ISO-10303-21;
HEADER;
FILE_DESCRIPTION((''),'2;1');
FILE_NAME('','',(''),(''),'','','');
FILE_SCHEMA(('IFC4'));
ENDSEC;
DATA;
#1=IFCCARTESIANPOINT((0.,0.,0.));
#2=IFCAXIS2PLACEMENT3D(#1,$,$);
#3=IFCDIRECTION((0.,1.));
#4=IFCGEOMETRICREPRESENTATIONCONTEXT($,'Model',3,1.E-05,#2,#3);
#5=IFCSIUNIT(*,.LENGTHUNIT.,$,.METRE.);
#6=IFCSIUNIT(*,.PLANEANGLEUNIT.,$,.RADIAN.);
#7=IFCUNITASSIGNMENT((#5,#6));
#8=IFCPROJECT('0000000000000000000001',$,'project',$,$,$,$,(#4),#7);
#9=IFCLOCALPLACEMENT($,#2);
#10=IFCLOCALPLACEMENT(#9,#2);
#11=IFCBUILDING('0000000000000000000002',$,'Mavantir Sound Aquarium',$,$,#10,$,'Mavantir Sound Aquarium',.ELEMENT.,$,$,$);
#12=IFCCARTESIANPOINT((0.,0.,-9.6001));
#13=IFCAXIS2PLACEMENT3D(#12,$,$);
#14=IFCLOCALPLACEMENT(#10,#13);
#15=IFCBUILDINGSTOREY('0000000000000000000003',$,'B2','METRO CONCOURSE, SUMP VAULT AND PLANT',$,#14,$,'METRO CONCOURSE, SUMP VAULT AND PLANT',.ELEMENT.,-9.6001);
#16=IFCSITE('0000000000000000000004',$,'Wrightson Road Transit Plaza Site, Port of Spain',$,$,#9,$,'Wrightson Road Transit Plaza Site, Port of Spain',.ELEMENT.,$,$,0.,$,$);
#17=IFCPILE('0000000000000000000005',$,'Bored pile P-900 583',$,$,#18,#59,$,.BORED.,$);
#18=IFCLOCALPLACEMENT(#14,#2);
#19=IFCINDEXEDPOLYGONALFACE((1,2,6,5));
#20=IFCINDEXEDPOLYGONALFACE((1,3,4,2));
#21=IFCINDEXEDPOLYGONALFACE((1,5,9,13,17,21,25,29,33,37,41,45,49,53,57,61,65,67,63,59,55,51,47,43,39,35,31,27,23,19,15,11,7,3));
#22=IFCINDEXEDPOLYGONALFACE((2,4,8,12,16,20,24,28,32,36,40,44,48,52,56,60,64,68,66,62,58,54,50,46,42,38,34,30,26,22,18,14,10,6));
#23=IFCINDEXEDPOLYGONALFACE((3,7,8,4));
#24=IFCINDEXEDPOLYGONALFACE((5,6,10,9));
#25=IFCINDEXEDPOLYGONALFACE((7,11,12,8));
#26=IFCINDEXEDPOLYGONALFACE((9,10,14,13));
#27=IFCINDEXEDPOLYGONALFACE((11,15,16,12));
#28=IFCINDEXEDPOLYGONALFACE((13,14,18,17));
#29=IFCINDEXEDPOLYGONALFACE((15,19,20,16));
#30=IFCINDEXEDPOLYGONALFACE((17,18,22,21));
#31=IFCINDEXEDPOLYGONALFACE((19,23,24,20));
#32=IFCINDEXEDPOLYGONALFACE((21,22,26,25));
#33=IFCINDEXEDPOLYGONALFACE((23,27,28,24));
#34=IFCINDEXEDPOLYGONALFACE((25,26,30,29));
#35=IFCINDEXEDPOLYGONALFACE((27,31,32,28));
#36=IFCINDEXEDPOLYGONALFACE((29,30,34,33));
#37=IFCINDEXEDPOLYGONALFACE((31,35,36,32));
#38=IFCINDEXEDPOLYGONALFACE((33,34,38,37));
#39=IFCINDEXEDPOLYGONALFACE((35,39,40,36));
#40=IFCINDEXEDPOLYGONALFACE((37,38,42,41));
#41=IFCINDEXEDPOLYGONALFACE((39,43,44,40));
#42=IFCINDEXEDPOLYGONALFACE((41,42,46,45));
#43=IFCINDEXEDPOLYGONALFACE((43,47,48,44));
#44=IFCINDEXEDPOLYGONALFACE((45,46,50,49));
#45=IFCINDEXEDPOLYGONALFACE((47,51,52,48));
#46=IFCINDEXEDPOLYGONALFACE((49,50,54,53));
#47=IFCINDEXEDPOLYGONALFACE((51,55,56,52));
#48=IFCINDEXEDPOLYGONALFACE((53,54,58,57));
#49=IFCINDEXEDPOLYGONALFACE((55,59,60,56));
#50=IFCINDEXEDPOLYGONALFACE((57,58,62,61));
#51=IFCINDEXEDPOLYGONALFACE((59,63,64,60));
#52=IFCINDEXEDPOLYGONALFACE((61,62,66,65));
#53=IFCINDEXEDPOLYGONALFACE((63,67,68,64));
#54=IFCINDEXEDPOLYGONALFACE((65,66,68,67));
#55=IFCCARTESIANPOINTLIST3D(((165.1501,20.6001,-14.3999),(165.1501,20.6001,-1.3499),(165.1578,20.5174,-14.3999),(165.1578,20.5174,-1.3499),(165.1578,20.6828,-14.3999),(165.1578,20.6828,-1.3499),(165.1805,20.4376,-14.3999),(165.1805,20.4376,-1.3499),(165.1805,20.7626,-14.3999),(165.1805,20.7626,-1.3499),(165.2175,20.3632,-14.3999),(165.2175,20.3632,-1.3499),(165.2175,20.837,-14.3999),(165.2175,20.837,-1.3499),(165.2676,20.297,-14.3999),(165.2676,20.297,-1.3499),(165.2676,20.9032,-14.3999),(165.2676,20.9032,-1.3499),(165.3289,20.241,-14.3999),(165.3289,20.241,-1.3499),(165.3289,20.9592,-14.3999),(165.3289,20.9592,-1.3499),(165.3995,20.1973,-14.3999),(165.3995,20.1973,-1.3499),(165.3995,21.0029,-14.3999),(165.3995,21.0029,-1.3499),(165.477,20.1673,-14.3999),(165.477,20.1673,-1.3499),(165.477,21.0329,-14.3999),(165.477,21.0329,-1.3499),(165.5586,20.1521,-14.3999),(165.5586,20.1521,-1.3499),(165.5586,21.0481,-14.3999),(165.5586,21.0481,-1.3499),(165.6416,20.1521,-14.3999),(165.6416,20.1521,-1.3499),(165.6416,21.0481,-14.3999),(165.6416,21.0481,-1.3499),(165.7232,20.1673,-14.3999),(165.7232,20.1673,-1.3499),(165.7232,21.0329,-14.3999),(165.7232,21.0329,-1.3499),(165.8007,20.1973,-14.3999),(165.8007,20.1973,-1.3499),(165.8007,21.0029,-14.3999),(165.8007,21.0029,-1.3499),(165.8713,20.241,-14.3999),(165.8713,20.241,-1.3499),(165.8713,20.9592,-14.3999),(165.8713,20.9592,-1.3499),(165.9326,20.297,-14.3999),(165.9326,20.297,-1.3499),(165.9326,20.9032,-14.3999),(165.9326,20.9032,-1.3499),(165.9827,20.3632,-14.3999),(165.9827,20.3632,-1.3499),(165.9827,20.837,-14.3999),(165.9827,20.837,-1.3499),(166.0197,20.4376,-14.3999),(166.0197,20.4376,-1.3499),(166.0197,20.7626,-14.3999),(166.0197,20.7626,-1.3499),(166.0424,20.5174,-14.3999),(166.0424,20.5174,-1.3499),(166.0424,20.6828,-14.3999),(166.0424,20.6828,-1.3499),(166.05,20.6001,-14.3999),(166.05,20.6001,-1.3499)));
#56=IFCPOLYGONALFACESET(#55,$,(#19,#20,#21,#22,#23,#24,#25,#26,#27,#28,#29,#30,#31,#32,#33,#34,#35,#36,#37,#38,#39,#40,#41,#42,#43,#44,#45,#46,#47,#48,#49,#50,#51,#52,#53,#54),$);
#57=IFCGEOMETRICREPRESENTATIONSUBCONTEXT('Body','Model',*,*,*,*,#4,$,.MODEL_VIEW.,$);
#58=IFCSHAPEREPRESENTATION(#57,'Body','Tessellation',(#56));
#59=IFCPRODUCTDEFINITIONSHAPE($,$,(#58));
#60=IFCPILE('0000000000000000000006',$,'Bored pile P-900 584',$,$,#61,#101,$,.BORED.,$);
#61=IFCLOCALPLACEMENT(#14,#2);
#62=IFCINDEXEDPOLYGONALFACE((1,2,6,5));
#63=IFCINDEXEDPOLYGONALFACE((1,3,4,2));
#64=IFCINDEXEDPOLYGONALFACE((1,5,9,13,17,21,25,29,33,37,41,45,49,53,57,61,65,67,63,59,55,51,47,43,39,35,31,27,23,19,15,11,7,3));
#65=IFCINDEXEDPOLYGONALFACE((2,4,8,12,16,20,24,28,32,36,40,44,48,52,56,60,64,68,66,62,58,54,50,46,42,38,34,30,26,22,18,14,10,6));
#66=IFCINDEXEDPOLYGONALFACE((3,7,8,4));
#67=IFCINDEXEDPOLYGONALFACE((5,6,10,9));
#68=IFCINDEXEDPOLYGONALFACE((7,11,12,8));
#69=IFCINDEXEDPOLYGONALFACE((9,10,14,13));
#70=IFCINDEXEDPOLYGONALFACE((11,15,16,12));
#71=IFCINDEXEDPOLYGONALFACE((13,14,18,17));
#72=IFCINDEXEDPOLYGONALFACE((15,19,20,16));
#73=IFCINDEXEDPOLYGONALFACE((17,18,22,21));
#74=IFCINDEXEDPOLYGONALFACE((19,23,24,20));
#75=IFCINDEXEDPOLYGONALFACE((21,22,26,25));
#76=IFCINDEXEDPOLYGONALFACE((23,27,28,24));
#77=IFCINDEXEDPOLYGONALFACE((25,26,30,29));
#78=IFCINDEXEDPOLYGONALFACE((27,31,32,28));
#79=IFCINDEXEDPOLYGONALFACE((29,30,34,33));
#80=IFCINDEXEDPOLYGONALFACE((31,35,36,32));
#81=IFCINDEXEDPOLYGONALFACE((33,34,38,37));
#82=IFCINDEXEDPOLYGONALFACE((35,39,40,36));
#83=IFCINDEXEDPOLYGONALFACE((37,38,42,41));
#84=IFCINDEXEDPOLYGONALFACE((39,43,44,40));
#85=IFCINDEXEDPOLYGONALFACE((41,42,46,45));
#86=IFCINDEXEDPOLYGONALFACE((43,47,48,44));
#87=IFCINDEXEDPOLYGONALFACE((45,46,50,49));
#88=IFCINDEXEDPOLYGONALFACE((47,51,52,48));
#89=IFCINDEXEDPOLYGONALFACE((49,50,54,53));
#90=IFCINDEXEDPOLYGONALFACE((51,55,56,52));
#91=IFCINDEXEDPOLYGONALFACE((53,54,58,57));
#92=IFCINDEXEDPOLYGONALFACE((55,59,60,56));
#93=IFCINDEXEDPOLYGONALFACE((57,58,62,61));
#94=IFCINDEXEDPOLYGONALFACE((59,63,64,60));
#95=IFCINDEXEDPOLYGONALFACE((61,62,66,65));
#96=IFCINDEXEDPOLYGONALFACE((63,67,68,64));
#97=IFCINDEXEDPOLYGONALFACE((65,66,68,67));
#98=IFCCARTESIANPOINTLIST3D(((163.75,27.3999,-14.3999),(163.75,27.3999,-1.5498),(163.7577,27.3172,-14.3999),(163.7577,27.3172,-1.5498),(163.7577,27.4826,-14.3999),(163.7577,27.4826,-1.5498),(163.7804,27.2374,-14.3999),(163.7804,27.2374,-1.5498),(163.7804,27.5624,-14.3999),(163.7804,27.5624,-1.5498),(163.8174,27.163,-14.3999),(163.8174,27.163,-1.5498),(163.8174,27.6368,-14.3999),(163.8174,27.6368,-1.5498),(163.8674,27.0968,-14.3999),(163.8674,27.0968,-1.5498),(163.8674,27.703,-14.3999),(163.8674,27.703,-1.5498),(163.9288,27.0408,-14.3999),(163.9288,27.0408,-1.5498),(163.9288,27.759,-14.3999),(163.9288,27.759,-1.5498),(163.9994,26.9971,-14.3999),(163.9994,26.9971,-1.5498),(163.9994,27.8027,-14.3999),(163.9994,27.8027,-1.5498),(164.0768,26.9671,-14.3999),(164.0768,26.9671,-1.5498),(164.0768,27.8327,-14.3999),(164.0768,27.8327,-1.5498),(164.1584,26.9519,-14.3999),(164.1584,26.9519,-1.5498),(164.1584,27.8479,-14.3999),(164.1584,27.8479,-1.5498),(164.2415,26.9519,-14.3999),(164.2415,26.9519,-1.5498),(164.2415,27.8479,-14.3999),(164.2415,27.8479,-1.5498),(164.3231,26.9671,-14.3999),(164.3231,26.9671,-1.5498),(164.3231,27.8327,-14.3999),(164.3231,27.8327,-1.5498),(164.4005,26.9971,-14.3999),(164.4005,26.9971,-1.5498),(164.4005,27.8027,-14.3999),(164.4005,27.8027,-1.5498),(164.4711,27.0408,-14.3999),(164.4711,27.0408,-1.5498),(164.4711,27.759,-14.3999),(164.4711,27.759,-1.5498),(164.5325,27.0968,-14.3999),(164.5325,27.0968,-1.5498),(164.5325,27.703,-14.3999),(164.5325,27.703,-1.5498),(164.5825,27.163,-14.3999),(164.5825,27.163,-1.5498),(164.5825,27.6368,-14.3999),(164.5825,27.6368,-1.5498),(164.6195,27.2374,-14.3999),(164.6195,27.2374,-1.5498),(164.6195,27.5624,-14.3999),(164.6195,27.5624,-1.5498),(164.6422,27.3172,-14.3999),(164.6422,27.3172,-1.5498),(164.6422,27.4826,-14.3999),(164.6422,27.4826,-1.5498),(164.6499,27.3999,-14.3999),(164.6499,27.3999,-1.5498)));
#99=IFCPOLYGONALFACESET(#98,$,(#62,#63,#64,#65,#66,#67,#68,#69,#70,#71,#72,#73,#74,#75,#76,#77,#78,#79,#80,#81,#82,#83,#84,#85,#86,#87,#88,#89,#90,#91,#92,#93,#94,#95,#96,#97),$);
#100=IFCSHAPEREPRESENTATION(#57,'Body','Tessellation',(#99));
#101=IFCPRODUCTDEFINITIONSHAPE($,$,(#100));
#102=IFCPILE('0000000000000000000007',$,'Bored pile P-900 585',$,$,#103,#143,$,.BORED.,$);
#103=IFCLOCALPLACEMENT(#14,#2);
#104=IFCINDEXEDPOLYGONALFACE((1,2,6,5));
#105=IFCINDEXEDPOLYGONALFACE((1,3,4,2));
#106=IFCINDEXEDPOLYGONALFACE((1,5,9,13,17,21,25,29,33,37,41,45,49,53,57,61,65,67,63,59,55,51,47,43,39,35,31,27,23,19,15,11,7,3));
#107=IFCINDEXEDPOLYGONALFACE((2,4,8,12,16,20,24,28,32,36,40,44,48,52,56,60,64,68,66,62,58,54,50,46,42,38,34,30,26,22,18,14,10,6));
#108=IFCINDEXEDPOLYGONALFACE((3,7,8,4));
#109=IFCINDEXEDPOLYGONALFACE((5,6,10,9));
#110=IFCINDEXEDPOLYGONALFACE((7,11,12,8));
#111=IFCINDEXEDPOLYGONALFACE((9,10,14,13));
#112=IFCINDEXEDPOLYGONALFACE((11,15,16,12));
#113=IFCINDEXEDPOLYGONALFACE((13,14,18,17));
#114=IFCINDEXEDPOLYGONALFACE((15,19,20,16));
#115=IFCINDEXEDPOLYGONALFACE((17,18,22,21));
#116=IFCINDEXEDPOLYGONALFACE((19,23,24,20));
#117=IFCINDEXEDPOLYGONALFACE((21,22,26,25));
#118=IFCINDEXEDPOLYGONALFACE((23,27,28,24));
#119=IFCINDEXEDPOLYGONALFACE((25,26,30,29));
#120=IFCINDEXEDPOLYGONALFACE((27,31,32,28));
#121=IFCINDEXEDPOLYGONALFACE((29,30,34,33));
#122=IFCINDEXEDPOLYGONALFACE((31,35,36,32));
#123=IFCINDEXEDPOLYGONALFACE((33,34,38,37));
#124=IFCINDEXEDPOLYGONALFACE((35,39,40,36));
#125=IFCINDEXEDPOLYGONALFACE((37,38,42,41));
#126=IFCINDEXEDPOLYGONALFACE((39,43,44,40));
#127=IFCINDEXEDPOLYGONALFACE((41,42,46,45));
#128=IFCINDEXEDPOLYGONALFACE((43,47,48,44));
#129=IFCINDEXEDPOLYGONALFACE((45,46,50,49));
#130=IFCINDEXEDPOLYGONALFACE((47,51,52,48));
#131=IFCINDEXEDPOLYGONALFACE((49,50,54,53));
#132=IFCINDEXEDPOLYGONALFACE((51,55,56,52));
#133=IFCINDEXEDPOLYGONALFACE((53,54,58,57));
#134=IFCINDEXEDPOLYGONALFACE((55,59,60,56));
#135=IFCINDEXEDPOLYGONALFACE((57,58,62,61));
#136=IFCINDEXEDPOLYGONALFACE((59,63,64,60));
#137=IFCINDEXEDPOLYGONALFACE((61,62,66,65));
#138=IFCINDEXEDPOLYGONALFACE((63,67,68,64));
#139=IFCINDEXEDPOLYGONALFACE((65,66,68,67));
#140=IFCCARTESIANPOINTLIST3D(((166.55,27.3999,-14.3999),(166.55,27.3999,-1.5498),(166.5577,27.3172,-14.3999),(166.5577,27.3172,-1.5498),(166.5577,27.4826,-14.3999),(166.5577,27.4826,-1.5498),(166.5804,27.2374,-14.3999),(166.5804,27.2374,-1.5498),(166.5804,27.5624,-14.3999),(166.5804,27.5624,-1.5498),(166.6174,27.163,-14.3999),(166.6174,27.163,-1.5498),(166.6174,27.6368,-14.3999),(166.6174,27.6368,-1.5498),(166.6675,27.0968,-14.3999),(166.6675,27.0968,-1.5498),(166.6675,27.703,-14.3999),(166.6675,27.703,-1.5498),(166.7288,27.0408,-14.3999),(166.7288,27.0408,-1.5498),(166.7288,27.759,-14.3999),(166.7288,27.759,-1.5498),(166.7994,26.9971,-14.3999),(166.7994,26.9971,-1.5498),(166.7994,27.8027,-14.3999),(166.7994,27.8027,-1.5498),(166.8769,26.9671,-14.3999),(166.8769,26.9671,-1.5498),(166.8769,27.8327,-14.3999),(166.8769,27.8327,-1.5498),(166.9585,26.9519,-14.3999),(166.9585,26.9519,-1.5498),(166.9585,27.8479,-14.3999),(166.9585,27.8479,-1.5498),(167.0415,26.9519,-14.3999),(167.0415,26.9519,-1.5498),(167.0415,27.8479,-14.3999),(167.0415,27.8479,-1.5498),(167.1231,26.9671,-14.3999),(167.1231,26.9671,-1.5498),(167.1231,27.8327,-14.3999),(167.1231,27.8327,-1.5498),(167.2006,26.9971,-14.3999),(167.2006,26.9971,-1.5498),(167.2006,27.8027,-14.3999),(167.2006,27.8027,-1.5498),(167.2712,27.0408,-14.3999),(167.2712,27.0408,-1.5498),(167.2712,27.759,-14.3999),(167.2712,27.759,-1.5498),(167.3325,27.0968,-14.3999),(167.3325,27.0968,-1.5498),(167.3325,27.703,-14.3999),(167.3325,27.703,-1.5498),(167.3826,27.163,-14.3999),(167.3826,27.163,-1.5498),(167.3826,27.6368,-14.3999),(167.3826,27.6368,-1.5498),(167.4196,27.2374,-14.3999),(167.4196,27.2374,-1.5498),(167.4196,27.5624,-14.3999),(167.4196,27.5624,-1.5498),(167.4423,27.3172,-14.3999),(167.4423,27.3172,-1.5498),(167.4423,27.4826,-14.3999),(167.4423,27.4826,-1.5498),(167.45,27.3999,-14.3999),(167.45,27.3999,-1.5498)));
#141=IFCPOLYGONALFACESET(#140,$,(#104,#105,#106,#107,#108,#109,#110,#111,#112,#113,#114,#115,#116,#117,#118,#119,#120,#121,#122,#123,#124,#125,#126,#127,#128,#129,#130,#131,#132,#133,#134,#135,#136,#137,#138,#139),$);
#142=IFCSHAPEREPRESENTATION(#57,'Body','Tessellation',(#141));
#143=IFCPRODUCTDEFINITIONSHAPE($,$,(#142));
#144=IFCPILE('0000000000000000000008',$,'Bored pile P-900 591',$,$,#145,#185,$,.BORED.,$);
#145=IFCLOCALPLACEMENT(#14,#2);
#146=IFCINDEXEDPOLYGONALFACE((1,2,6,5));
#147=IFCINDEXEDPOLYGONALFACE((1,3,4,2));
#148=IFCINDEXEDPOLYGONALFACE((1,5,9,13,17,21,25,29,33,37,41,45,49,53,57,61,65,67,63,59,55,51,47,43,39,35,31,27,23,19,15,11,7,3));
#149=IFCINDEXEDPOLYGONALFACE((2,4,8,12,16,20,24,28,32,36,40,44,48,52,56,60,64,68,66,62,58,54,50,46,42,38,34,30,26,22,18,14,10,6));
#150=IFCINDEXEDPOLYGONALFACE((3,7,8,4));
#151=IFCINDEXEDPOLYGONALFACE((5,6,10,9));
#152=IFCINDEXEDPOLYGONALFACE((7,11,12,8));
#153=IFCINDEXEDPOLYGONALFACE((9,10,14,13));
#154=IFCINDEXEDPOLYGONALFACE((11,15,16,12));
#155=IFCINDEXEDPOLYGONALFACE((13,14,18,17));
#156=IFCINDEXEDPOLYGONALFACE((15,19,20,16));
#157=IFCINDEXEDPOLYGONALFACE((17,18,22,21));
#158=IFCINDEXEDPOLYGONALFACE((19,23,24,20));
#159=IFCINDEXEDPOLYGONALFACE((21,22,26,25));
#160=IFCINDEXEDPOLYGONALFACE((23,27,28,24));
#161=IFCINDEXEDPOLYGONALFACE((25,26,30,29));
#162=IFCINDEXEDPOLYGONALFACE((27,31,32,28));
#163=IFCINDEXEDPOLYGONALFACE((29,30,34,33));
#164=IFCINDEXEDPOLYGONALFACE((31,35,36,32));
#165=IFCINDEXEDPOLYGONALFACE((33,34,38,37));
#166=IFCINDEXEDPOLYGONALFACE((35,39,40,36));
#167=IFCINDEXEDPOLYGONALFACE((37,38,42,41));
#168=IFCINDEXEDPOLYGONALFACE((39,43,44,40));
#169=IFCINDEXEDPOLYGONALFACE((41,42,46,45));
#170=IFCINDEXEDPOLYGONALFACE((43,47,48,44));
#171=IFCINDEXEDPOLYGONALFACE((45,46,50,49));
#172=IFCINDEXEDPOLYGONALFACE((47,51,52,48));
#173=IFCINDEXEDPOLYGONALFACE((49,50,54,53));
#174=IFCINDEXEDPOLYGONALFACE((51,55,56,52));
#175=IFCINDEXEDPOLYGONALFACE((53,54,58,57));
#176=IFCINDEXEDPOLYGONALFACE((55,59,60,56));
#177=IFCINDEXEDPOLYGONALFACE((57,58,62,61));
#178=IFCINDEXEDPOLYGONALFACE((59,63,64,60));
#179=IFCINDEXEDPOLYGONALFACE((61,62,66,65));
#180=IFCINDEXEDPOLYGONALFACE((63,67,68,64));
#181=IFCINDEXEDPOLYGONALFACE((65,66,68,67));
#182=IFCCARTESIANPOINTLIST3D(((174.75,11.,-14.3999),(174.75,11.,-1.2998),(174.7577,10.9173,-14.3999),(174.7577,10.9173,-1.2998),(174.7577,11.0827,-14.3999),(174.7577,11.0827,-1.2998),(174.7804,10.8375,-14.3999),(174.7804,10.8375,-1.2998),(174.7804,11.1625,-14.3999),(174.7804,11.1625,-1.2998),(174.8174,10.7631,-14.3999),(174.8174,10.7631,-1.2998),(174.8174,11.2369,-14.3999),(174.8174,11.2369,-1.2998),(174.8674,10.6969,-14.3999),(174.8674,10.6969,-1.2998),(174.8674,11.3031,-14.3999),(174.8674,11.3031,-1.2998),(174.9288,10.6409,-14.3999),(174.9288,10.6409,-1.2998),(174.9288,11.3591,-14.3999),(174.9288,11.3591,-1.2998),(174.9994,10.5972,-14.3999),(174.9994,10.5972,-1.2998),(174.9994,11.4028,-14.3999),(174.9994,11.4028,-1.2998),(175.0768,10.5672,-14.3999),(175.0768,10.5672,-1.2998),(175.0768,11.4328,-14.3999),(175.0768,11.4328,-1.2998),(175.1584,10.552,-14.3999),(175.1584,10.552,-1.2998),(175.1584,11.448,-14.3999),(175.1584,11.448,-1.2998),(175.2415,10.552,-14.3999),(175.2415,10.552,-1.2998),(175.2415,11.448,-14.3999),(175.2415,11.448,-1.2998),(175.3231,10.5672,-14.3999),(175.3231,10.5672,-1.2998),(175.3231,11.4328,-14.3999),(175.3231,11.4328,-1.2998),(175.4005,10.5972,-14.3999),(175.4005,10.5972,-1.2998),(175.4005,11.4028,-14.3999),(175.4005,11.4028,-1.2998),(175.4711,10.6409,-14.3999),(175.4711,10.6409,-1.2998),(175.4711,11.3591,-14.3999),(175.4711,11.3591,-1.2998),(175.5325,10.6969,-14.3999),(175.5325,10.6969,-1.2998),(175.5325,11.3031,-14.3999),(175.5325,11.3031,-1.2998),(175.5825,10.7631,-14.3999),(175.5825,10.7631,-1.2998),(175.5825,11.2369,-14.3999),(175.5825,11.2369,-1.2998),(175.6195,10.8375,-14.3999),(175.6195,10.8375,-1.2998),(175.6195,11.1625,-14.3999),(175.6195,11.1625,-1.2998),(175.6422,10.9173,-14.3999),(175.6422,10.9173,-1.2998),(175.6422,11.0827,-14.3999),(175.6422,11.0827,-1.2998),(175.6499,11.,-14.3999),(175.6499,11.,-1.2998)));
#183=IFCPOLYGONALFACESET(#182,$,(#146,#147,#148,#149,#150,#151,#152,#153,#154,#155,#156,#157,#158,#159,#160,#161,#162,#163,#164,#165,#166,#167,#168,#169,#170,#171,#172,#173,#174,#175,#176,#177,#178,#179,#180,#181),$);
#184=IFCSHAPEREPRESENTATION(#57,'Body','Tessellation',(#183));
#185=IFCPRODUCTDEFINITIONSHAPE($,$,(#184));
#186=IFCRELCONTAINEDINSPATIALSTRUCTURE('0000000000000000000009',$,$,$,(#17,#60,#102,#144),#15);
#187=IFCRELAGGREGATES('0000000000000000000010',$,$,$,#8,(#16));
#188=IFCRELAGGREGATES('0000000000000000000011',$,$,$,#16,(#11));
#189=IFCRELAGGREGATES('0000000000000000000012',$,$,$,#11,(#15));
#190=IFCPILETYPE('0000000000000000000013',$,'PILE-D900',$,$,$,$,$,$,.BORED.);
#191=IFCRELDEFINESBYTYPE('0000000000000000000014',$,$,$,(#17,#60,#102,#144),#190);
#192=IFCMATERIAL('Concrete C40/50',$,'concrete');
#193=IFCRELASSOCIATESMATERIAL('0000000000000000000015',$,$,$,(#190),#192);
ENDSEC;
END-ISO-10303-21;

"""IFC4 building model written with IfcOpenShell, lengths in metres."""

from ifc_helpers import new_model, si_unit, direction, frame, origin, origin_2d, place, context, subcontext, project, spatial, circle, extrude, material, material_profile, profile_set, type_object, element, save


model = new_model("IFC4")

# Units and contexts
model_context = context("Model", 3, precision=1e-05, world=origin(), true_north=direction((0.0, 1.0)))
body_context = subcontext(model_context, "Body", "Model", "MODEL_VIEW")
ifc_project = project(units=[si_unit("LENGTHUNIT", "METRE"), si_unit("PLANEANGLEUNIT", "RADIAN")], contexts=[model_context])

# Site, building, storey
site_placement = place(None, origin())
site = spatial("IfcSite", under=ifc_project, at=site_placement, Name="Wrightson Road Transit Plaza Site, Port of Spain", LongName="Wrightson Road Transit Plaza Site, Port of Spain", CompositionType="ELEMENT", RefElevation=0.0)
building_placement = place(site_placement, origin())
building = spatial("IfcBuilding", under=site, at=building_placement, Name="Mavantir Sound Aquarium", LongName="Mavantir Sound Aquarium", CompositionType="ELEMENT")
storey_placement = place(building_placement, frame((0.0, 0.0, -9.6001)))
storey = spatial("IfcBuildingStorey", under=building, at=storey_placement, Name="B2", Description="METRO CONCOURSE, SUMP VAULT AND PLANT", LongName="METRO CONCOURSE, SUMP VAULT AND PLANT", CompositionType="ELEMENT", Elevation=-9.6001)

# Shared definitions
ifc_material_1 = material(Name="Concrete C40/50", Category="concrete")

# Piles
ifc_material_profile_1 = material_profile(ifc_material_1, circle(Radius=0.45, at=origin_2d()), Name="PILE D900")
ifc_profile_set_1 = profile_set([ifc_material_profile_1], Name="Concrete C40/50")
pile_type = type_object("IfcPileType", Name="PILE-D900", PredefinedType="BORED", material=ifc_profile_set_1)
for number, where, z_axis, x_axis, name in (
    (1, (165.6001, 20.6001, -1.3499), (0.0, 0.0, -1.0), (1.0, 0.0, 0.0), "Bored pile P-900 583"),
):
    element("IfcPile", number, at=place(storey_placement, frame(where, z_axis=z_axis, x_axis=x_axis)), inside=storey, type_object=pile_type, Name=name, PredefinedType="BORED", context=body_context, shape_type="SweptSolid", body=[
        extrude(circle(Radius=0.45, at=origin_2d()), origin(), (0.0, 0.0, 1.0), 13.05),
    ])
for number, where, z_axis, x_axis, name in (
    (2, (164.2, 27.3999, -1.5498), (0.0, 0.0, -1.0), (1.0, 0.0, 0.0), "Bored pile P-900 584"),
    (3, (167.0, 27.3999, -1.5498), (0.0, 0.0, -1.0), (1.0, 0.0, 0.0), "Bored pile P-900 585"),
):
    element("IfcPile", number, at=place(storey_placement, frame(where, z_axis=z_axis, x_axis=x_axis)), inside=storey, type_object=pile_type, Name=name, PredefinedType="BORED", context=body_context, shape_type="SweptSolid", body=[
        extrude(circle(Radius=0.45, at=origin_2d()), origin(), (0.0, 0.0, 1.0), 12.8501),
    ])
for number, where, z_axis, x_axis, name in (
    (4, (175.2, 11.0, -1.2998), (0.0, 0.0, -1.0), (1.0, 0.0, 0.0), "Bored pile P-900 591"),
):
    element("IfcPile", number, at=place(storey_placement, frame(where, z_axis=z_axis, x_axis=x_axis)), inside=storey, type_object=pile_type, Name=name, PredefinedType="BORED", context=body_context, shape_type="SweptSolid", body=[
        extrude(circle(Radius=0.45, at=origin_2d()), origin(), (0.0, 0.0, 1.0), 13.1001),
    ])

save(model, "model.ifc")
